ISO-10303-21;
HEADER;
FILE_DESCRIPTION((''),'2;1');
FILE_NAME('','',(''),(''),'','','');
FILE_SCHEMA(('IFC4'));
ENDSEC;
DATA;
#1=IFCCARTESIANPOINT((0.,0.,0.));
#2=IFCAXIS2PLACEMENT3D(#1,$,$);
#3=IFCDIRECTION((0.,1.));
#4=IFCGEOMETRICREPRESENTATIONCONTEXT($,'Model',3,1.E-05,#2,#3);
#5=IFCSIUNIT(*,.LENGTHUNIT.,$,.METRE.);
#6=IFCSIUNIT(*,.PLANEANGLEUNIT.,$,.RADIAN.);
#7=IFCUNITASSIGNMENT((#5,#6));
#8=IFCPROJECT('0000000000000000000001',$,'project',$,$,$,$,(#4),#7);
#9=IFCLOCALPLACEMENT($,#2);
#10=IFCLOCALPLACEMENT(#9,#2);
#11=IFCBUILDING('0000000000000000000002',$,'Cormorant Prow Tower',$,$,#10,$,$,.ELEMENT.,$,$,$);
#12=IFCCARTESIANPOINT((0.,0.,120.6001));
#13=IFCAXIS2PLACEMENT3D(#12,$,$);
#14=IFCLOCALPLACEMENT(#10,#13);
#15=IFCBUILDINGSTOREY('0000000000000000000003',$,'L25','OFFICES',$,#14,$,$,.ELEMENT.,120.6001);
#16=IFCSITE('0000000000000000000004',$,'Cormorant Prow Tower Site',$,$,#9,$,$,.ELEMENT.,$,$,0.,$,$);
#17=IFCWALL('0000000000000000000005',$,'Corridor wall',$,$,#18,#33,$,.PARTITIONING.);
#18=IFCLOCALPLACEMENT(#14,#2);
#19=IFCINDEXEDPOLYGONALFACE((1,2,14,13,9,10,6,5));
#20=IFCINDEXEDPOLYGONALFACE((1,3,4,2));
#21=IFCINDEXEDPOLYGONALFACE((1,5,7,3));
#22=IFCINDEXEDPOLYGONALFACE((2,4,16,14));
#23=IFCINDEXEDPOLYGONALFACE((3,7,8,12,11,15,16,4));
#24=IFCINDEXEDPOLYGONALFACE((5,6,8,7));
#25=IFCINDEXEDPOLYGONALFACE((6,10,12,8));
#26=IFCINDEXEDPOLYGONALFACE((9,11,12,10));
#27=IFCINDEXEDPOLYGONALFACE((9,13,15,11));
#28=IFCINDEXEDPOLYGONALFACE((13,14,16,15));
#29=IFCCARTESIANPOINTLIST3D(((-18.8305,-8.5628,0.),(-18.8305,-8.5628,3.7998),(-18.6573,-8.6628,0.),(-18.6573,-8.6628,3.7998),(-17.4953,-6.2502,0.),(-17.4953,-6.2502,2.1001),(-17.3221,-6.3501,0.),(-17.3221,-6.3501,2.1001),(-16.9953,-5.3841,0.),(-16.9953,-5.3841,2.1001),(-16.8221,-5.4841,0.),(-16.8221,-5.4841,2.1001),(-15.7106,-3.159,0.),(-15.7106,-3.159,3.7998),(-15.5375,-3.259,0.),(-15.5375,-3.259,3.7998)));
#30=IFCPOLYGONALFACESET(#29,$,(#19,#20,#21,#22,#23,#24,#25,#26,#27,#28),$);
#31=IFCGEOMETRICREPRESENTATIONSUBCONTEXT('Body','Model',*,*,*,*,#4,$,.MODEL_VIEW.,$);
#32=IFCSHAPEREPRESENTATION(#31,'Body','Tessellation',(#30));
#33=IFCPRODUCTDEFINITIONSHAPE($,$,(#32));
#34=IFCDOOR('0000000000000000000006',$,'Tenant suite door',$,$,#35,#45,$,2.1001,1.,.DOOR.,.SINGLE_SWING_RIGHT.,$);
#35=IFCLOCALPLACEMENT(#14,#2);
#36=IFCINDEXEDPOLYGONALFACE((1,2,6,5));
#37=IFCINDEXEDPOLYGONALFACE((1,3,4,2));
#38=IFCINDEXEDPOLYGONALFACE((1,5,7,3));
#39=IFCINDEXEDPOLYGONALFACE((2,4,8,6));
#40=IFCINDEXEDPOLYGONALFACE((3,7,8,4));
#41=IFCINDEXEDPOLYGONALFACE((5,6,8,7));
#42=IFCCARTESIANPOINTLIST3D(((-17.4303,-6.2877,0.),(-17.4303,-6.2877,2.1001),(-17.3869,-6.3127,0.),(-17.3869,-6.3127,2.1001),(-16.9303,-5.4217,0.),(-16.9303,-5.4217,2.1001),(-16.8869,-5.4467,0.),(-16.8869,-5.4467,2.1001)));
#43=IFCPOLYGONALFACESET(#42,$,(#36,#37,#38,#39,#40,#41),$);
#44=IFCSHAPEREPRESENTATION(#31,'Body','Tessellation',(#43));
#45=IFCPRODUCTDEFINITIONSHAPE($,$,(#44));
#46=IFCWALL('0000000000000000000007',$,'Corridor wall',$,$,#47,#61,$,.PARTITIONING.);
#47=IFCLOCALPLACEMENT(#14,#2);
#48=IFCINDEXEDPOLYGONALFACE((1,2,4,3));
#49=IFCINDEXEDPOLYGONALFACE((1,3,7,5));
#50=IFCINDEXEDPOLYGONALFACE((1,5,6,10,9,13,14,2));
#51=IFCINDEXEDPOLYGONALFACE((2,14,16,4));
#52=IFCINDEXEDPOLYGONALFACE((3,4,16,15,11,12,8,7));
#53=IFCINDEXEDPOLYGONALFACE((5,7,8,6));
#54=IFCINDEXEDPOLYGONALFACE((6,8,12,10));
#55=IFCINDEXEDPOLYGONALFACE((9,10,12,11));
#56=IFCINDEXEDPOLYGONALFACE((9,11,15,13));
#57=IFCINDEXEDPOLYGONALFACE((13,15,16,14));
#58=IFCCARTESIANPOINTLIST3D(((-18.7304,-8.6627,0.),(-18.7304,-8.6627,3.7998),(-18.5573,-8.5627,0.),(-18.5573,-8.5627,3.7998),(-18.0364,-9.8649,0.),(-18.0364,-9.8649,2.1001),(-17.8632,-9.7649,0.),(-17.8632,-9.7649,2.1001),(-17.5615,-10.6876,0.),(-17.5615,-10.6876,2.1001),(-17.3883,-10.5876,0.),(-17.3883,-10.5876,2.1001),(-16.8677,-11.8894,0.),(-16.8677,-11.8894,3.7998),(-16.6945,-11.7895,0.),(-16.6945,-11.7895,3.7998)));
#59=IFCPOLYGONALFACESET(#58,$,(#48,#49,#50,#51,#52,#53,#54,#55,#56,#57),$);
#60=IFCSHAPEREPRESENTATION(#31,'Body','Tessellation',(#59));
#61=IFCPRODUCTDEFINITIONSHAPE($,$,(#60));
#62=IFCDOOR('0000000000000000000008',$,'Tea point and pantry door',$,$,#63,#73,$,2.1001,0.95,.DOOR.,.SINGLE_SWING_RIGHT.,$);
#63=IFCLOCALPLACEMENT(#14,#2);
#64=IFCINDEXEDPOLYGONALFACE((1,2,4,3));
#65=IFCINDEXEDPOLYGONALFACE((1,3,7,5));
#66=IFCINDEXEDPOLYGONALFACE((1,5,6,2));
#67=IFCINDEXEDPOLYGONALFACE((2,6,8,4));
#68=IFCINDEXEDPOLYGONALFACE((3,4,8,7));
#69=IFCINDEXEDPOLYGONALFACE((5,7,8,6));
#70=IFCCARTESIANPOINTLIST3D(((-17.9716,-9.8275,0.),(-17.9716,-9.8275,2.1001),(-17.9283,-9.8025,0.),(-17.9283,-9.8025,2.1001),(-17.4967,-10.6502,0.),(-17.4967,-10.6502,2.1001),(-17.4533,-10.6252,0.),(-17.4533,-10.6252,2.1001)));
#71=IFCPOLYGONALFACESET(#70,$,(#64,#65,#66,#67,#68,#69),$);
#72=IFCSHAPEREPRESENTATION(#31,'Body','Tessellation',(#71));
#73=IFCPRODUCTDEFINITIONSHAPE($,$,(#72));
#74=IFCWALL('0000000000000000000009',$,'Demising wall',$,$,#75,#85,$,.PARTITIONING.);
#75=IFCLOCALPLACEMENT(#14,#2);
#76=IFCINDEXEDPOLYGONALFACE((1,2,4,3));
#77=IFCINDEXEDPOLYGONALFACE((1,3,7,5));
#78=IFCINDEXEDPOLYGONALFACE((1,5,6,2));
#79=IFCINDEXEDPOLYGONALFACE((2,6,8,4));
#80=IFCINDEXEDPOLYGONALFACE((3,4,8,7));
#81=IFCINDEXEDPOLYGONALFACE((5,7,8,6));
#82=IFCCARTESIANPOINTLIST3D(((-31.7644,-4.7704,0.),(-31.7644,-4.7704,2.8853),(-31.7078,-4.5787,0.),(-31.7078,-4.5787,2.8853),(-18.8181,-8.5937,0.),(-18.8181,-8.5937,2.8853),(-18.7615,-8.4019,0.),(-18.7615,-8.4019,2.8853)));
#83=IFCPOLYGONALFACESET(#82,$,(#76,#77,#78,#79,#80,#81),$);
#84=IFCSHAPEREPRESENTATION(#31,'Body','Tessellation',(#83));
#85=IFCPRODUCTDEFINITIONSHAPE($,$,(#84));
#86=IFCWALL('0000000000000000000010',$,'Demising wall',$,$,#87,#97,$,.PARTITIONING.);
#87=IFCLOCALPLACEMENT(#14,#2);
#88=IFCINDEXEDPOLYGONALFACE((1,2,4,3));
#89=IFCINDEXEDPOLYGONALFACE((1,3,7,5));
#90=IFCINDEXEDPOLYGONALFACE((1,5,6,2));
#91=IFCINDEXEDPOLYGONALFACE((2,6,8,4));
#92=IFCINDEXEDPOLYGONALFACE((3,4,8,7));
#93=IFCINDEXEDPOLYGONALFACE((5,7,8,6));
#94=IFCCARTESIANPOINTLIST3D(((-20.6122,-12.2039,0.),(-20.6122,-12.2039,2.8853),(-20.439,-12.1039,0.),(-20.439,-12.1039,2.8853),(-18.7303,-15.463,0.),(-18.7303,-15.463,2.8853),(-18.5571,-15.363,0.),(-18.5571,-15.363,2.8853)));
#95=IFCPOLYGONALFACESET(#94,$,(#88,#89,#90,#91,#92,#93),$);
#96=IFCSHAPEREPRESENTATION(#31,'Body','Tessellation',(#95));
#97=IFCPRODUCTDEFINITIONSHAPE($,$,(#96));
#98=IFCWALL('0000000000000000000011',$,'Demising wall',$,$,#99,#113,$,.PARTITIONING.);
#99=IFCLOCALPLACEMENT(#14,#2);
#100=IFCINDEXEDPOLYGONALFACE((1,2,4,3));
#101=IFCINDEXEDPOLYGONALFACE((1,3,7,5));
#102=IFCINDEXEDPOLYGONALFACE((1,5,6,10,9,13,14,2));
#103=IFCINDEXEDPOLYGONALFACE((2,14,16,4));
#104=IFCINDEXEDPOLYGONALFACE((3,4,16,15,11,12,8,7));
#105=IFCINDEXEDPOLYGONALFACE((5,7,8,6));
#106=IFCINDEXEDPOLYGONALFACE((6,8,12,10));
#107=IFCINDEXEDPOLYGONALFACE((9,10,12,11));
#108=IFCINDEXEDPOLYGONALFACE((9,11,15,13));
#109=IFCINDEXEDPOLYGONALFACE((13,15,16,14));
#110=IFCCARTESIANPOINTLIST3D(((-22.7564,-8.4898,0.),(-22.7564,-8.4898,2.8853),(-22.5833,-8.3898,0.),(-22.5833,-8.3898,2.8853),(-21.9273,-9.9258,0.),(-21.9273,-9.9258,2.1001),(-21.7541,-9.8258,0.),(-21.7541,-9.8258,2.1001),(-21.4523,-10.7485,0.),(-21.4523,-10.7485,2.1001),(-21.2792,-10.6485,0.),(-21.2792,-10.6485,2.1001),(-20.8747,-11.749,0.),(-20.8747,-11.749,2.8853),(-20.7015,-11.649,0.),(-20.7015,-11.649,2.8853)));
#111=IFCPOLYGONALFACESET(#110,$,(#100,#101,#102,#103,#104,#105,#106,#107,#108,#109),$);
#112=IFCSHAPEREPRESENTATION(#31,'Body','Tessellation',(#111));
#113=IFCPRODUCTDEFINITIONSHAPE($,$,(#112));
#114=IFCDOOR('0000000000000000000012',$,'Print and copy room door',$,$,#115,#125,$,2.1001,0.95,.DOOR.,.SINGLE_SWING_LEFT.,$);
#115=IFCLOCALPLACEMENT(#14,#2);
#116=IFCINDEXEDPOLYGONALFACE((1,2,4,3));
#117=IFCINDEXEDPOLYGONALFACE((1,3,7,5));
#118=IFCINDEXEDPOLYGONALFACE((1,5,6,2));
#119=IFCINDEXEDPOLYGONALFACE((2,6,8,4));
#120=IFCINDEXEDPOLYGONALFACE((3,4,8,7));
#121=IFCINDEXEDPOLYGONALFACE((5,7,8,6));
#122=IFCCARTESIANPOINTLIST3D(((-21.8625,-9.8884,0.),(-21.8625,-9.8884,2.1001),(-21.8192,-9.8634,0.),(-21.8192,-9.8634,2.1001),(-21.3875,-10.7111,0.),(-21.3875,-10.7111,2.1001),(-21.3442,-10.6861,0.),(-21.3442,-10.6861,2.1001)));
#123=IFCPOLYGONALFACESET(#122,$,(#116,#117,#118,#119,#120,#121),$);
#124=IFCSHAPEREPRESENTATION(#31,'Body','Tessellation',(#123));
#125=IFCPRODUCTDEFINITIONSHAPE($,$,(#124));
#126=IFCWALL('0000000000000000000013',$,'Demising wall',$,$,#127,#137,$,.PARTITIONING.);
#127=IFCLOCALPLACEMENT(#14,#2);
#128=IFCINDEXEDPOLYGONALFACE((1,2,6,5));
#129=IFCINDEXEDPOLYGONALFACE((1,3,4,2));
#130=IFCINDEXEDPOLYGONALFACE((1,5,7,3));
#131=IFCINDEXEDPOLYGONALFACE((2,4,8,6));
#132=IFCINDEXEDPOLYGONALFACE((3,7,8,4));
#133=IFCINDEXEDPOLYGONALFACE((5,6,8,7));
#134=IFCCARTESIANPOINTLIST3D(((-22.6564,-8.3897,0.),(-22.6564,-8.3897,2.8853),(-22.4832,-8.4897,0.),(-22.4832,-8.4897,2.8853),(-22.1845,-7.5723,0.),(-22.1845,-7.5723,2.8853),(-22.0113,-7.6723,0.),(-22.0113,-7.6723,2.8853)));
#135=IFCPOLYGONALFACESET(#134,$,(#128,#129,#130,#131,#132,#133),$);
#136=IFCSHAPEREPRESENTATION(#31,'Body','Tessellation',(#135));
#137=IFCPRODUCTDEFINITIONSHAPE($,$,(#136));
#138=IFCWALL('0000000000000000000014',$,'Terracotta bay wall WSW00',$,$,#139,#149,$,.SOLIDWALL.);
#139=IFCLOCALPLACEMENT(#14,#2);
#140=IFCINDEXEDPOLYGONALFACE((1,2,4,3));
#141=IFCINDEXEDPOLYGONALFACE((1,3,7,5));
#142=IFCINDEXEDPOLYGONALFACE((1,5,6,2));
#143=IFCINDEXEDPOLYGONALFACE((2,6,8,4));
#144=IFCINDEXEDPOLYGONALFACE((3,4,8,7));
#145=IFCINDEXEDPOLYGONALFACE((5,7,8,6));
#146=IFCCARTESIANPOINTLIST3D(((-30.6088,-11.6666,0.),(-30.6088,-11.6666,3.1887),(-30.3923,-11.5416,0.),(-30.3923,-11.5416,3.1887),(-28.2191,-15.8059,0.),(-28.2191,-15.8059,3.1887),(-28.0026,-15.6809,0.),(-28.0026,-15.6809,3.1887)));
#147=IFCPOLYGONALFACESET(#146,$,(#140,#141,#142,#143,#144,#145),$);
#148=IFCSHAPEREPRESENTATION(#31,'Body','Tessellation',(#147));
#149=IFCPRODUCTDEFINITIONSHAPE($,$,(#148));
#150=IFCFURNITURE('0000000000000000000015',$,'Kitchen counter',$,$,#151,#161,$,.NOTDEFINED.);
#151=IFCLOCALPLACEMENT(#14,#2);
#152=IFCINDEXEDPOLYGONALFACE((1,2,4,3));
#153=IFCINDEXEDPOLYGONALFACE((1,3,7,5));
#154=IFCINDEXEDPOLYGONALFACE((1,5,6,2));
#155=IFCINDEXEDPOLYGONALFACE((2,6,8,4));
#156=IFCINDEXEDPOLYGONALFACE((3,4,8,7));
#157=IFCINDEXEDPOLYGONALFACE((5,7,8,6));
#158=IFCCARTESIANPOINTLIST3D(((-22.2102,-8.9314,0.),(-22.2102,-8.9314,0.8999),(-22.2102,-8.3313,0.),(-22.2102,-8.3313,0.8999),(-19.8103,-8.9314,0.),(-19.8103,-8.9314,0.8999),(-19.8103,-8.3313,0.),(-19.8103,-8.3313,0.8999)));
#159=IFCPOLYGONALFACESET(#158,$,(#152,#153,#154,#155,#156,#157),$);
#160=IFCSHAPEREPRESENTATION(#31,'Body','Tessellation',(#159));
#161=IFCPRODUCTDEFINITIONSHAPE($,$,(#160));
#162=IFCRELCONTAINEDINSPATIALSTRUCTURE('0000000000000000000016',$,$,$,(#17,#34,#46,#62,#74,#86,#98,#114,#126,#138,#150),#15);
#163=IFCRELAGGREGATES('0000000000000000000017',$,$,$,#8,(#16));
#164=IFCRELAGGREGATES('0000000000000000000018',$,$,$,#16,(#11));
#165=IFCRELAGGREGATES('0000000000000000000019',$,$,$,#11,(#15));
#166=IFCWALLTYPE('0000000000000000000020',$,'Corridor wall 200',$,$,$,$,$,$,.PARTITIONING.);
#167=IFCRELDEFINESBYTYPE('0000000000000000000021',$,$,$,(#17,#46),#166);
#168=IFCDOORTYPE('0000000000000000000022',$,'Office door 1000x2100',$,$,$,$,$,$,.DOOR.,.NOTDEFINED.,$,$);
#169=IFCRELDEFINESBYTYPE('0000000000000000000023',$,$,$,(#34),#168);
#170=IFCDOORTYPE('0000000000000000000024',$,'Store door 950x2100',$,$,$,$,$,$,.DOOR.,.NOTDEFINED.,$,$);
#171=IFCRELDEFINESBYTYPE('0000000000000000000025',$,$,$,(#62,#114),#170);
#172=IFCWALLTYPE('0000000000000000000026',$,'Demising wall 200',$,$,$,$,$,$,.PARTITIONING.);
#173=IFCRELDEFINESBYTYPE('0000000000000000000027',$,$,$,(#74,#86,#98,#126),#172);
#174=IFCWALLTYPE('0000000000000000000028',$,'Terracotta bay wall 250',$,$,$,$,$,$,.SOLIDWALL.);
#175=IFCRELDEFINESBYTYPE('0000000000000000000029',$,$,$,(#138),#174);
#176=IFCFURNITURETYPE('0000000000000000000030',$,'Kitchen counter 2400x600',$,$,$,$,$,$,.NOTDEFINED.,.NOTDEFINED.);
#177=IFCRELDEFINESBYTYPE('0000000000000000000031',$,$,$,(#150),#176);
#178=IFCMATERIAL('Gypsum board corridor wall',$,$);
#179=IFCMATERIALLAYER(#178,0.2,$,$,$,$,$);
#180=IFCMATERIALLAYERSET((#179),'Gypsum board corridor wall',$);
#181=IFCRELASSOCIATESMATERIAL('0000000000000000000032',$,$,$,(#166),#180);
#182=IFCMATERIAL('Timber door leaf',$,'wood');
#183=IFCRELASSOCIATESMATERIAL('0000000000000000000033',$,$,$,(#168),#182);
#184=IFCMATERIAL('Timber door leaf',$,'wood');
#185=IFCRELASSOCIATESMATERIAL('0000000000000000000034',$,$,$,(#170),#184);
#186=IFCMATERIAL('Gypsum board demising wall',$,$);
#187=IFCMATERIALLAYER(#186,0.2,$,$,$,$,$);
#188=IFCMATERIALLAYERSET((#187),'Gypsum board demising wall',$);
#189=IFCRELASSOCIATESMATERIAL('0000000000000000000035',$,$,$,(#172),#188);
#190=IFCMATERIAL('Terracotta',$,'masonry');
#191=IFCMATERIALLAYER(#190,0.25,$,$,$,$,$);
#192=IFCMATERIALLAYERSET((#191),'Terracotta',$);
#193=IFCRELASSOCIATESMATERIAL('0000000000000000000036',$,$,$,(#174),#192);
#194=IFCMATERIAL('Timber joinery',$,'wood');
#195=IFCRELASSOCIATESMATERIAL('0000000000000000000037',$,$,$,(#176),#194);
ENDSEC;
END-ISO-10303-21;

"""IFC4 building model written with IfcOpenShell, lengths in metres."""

from ifc_helpers import new_model, si_unit, direction, frame, frame_2d, origin, origin_2d, place, context, subcontext, project, spatial, rectangle, extrude, material, layer, layer_set, type_object, element, fill, save


model = new_model("IFC4")

# Units and contexts
model_context = context("Model", 3, precision=1e-05, world=origin(), true_north=direction((0.0, 1.0)))
body_context = subcontext(model_context, "Body", "Model", "MODEL_VIEW")
ifc_project = project(units=[si_unit("LENGTHUNIT", "METRE"), si_unit("PLANEANGLEUNIT", "RADIAN")], contexts=[model_context])

# Site, building, storey
site_placement = place(None, origin())
site = spatial("IfcSite", under=ifc_project, at=site_placement, Name="Cormorant Prow Tower Site", CompositionType="ELEMENT", RefElevation=0.0)
building_placement = place(site_placement, origin())
building = spatial("IfcBuilding", under=site, at=building_placement, Name="Cormorant Prow Tower", CompositionType="ELEMENT")
storey_placement = place(building_placement, frame((0.0, 0.0, 120.6001)))
storey = spatial("IfcBuildingStorey", under=building, at=storey_placement, Name="L25", Description="OFFICES", CompositionType="ELEMENT", Elevation=120.6001)

# Walls, openings, doors
ifc_material_1 = material(Name="Gypsum board corridor wall")
ifc_layer_1 = layer(ifc_material_1, 0.2)
ifc_layer_set_1 = layer_set([ifc_layer_1], Name="Gypsum board corridor wall")
wall_type_1 = type_object("IfcWallType", Name="Corridor wall 200", PredefinedType="PARTITIONING", material=ifc_layer_set_1)
wall_1_placement = place(storey_placement, frame((-18.7439, -8.6128, 0.0), z_axis=(0.0, 0.0, 1.0), x_axis=(0.499998, 0.866027, 0.0)))
wall_1 = element("IfcWall", 1, at=wall_1_placement, inside=storey, type_object=wall_type_1, Name="Corridor wall", PredefinedType="PARTITIONING", context=body_context, shape_type="SweptSolid", body=[
    extrude(rectangle(XDim=6.2397, YDim=0.2, at=frame_2d((3.1199, 0.0))), origin(), (0.0, 0.0, 1.0), 3.7998),
])
opening_1_placement = place(wall_1_placement, frame((2.6704, 0.0, 0.0)))
opening_1 = element("IfcOpeningElement", 2, at=opening_1_placement, cuts=wall_1, PredefinedType="OPENING", context=body_context, shape_type="SweptSolid", body=[
    extrude(rectangle(XDim=1.0, YDim=2.1001, at=frame_2d((0.5, 1.05))), frame((0.0, 0.1099, 0.0), z_axis=(0.0, -1.0, 0.0), x_axis=(1.0, 0.0, 0.0)), (0.0, 0.0, 1.0), 0.22),
])
ifc_material_2 = material(Name="Timber door leaf", Category="wood")
door_type_1 = type_object("IfcDoorType", Name="Office door 1000x2100", OperationType="NOTDEFINED", PredefinedType="DOOR", material=ifc_material_2)
door_1_placement = place(opening_1_placement, origin())
door_1 = element("IfcDoor", 3, at=door_1_placement, inside=storey, type_object=door_type_1, Name="Tenant suite door", OperationType="SINGLE_SWING_RIGHT", OverallHeight=2.1001, OverallWidth=1.0, PredefinedType="DOOR", context=body_context, shape_type="SweptSolid", body=[
    extrude(rectangle(XDim=1.0, YDim=2.1001, at=frame_2d((0.5, 1.05))), frame((0.0, 0.0249, 0.0), z_axis=(0.0, -1.0, 0.0), x_axis=(1.0, 0.0, 0.0)), (0.0, 0.0, 1.0), 0.05),
])
fill(opening_1, door_1)
wall_2_placement = place(storey_placement, frame((-18.6438, -8.6128, 0.0), z_axis=(0.0, 0.0, 1.0), x_axis=(0.499959, -0.866049, 0.0)))
wall_2 = element("IfcWall", 4, at=wall_2_placement, inside=storey, type_object=wall_type_1, Name="Corridor wall", PredefinedType="PARTITIONING", context=body_context, shape_type="SweptSolid", body=[
    extrude(rectangle(XDim=3.7258, YDim=0.2, at=frame_2d((1.8628, 0.0))), origin(), (0.0, 0.0, 1.0), 3.7998),
])
opening_2_placement = place(wall_2_placement, frame((1.3879, 0.0, 0.0)))
opening_2 = element("IfcOpeningElement", 5, at=opening_2_placement, cuts=wall_2, PredefinedType="OPENING", context=body_context, shape_type="SweptSolid", body=[
    extrude(rectangle(XDim=0.95, YDim=2.1001, at=frame_2d((0.4751, 1.05))), frame((0.0, 0.1099, 0.0), z_axis=(0.0, -1.0, 0.0), x_axis=(1.0, 0.0, 0.0)), (0.0, 0.0, 1.0), 0.22),
])
ifc_material_3 = material(Name="Timber door leaf", Category="wood")
door_type_2 = type_object("IfcDoorType", Name="Store door 950x2100", OperationType="NOTDEFINED", PredefinedType="DOOR", material=ifc_material_3)
door_2_placement = place(opening_2_placement, origin())
door_2 = element("IfcDoor", 6, at=door_2_placement, inside=storey, type_object=door_type_2, Name="Tea point and pantry door", OperationType="SINGLE_SWING_RIGHT", OverallHeight=2.1001, OverallWidth=0.95, PredefinedType="DOOR", context=body_context, shape_type="SweptSolid", body=[
    extrude(rectangle(XDim=0.95, YDim=2.1001, at=frame_2d((0.4751, 1.05))), frame((0.0, 0.0249, 0.0), z_axis=(0.0, -1.0, 0.0), x_axis=(1.0, 0.0, 0.0)), (0.0, 0.0, 1.0), 0.05),
])
fill(opening_2, door_2)

# Walls
ifc_material_4 = material(Name="Gypsum board demising wall")
ifc_layer_2 = layer(ifc_material_4, 0.2)
ifc_layer_set_2 = layer_set([ifc_layer_2], Name="Gypsum board demising wall")
wall_type_2 = type_object("IfcWallType", Name="Demising wall 200", PredefinedType="PARTITIONING", material=ifc_layer_set_2)
wall_3_placement = place(storey_placement, frame((-31.7361, -4.6746, 0.0), z_axis=(0.0, 0.0, 1.0), x_axis=(0.959054, -0.283224, 0.0)))
element("IfcWall", 7, at=wall_3_placement, inside=storey, type_object=wall_type_2, Name="Demising wall", PredefinedType="PARTITIONING", context=body_context, shape_type="SweptSolid", body=[
    extrude(rectangle(XDim=13.499, YDim=0.2, at=frame_2d((6.7495, 0.0))), origin(), (0.0, 0.0, 1.0), 2.8853),
])
wall_4_placement = place(storey_placement, frame((-20.5256, -12.1538, 0.0), z_axis=(0.0, 0.0, 1.0), x_axis=(0.500046, -0.865999, 0.0)))
element("IfcWall", 8, at=wall_4_placement, inside=storey, type_object=wall_type_2, Name="Demising wall", PredefinedType="PARTITIONING", context=body_context, shape_type="SweptSolid", body=[
    extrude(rectangle(XDim=3.7634, YDim=0.2, at=frame_2d((1.8818, 0.0))), origin(), (0.0, 0.0, 1.0), 2.8853),
])

# Wall, opening, door
wall_5_placement = place(storey_placement, frame((-22.6699, -8.4397, 0.0), z_axis=(0.0, 0.0, 1.0), x_axis=(0.500018, -0.866015, 0.0)))
wall_5 = element("IfcWall", 9, at=wall_5_placement, inside=storey, type_object=wall_type_2, Name="Demising wall", PredefinedType="PARTITIONING", context=body_context, shape_type="SweptSolid", body=[
    extrude(rectangle(XDim=3.7634, YDim=0.2, at=frame_2d((1.8818, 0.0))), origin(), (0.0, 0.0, 1.0), 2.8853),
])
opening_3_placement = place(wall_5_placement, frame((1.6582, 0.0, 0.0)))
opening_3 = element("IfcOpeningElement", 10, at=opening_3_placement, cuts=wall_5, PredefinedType="OPENING", context=body_context, shape_type="SweptSolid", body=[
    extrude(rectangle(XDim=0.95, YDim=2.1001, at=frame_2d((0.4751, 1.05))), frame((0.0, 0.1099, 0.0), z_axis=(0.0, -1.0, 0.0), x_axis=(1.0, 0.0, 0.0)), (0.0, 0.0, 1.0), 0.22),
])
door_3_placement = place(opening_3_placement, origin())
door_3 = element("IfcDoor", 11, at=door_3_placement, inside=storey, type_object=door_type_2, Name="Print and copy room door", OperationType="SINGLE_SWING_LEFT", OverallHeight=2.1001, OverallWidth=0.95, PredefinedType="DOOR", context=body_context, shape_type="SweptSolid", body=[
    extrude(rectangle(XDim=0.95, YDim=2.1001, at=frame_2d((0.4751, 1.05))), frame((0.0, 0.0249, 0.0), z_axis=(0.0, -1.0, 0.0), x_axis=(1.0, 0.0, 0.0)), (0.0, 0.0, 1.0), 0.05),
])
fill(opening_3, door_3)

# Walls
wall_6_placement = place(storey_placement, frame((-22.5698, -8.4397, 0.0), z_axis=(0.0, 0.0, 1.0), x_axis=(0.500006, 0.866022, 0.0)))
element("IfcWall", 12, at=wall_6_placement, inside=storey, type_object=wall_type_2, Name="Demising wall", PredefinedType="PARTITIONING", context=body_context, shape_type="SweptSolid", body=[
    extrude(rectangle(XDim=0.9438, YDim=0.2, at=frame_2d((0.4719, 0.0))), origin(), (0.0, 0.0, 1.0), 2.8853),
])
ifc_material_5 = material(Name="Terracotta", Category="masonry")
ifc_layer_3 = layer(ifc_material_5, 0.25)
ifc_layer_set_3 = layer_set([ifc_layer_3], Name="Terracotta")
wall_type_3 = type_object("IfcWallType", Name="Terracotta bay wall 250", PredefinedType="SOLIDWALL", material=ifc_layer_set_3)
wall_7_placement = place(storey_placement, frame((-30.5005, -11.6042, 0.0), z_axis=(0.0, 0.0, 1.0), x_axis=(0.499985, -0.866034, 0.0)))
element("IfcWall", 13, at=wall_7_placement, inside=storey, type_object=wall_type_3, Name="Terracotta bay wall WSW00", PredefinedType="SOLIDWALL", context=body_context, shape_type="SweptSolid", body=[
    extrude(rectangle(XDim=4.7795, YDim=0.25, at=frame_2d((2.3896, 0.0))), origin(), (0.0, 0.0, 1.0), 3.1887),
])

# Furniture
ifc_material_6 = material(Name="Timber joinery", Category="wood")
furniture_type = type_object("IfcFurnitureType", Name="Kitchen counter 2400x600", AssemblyPlace="NOTDEFINED", PredefinedType="NOTDEFINED", material=ifc_material_6)
furniture_placement = place(storey_placement, frame((-21.0103, -8.6313, 0.0), z_axis=(0.0, 0.0, 1.0), x_axis=(1.0, 0.0, 0.0)))
element("IfcFurniture", 14, at=furniture_placement, inside=storey, type_object=furniture_type, Name="Kitchen counter", PredefinedType="NOTDEFINED", context=body_context, shape_type="SweptSolid", body=[
    extrude(rectangle(XDim=2.3999, YDim=0.6001, at=origin_2d()), origin(), (0.0, 0.0, 1.0), 0.8999),
])

save(model, "model.ifc")
